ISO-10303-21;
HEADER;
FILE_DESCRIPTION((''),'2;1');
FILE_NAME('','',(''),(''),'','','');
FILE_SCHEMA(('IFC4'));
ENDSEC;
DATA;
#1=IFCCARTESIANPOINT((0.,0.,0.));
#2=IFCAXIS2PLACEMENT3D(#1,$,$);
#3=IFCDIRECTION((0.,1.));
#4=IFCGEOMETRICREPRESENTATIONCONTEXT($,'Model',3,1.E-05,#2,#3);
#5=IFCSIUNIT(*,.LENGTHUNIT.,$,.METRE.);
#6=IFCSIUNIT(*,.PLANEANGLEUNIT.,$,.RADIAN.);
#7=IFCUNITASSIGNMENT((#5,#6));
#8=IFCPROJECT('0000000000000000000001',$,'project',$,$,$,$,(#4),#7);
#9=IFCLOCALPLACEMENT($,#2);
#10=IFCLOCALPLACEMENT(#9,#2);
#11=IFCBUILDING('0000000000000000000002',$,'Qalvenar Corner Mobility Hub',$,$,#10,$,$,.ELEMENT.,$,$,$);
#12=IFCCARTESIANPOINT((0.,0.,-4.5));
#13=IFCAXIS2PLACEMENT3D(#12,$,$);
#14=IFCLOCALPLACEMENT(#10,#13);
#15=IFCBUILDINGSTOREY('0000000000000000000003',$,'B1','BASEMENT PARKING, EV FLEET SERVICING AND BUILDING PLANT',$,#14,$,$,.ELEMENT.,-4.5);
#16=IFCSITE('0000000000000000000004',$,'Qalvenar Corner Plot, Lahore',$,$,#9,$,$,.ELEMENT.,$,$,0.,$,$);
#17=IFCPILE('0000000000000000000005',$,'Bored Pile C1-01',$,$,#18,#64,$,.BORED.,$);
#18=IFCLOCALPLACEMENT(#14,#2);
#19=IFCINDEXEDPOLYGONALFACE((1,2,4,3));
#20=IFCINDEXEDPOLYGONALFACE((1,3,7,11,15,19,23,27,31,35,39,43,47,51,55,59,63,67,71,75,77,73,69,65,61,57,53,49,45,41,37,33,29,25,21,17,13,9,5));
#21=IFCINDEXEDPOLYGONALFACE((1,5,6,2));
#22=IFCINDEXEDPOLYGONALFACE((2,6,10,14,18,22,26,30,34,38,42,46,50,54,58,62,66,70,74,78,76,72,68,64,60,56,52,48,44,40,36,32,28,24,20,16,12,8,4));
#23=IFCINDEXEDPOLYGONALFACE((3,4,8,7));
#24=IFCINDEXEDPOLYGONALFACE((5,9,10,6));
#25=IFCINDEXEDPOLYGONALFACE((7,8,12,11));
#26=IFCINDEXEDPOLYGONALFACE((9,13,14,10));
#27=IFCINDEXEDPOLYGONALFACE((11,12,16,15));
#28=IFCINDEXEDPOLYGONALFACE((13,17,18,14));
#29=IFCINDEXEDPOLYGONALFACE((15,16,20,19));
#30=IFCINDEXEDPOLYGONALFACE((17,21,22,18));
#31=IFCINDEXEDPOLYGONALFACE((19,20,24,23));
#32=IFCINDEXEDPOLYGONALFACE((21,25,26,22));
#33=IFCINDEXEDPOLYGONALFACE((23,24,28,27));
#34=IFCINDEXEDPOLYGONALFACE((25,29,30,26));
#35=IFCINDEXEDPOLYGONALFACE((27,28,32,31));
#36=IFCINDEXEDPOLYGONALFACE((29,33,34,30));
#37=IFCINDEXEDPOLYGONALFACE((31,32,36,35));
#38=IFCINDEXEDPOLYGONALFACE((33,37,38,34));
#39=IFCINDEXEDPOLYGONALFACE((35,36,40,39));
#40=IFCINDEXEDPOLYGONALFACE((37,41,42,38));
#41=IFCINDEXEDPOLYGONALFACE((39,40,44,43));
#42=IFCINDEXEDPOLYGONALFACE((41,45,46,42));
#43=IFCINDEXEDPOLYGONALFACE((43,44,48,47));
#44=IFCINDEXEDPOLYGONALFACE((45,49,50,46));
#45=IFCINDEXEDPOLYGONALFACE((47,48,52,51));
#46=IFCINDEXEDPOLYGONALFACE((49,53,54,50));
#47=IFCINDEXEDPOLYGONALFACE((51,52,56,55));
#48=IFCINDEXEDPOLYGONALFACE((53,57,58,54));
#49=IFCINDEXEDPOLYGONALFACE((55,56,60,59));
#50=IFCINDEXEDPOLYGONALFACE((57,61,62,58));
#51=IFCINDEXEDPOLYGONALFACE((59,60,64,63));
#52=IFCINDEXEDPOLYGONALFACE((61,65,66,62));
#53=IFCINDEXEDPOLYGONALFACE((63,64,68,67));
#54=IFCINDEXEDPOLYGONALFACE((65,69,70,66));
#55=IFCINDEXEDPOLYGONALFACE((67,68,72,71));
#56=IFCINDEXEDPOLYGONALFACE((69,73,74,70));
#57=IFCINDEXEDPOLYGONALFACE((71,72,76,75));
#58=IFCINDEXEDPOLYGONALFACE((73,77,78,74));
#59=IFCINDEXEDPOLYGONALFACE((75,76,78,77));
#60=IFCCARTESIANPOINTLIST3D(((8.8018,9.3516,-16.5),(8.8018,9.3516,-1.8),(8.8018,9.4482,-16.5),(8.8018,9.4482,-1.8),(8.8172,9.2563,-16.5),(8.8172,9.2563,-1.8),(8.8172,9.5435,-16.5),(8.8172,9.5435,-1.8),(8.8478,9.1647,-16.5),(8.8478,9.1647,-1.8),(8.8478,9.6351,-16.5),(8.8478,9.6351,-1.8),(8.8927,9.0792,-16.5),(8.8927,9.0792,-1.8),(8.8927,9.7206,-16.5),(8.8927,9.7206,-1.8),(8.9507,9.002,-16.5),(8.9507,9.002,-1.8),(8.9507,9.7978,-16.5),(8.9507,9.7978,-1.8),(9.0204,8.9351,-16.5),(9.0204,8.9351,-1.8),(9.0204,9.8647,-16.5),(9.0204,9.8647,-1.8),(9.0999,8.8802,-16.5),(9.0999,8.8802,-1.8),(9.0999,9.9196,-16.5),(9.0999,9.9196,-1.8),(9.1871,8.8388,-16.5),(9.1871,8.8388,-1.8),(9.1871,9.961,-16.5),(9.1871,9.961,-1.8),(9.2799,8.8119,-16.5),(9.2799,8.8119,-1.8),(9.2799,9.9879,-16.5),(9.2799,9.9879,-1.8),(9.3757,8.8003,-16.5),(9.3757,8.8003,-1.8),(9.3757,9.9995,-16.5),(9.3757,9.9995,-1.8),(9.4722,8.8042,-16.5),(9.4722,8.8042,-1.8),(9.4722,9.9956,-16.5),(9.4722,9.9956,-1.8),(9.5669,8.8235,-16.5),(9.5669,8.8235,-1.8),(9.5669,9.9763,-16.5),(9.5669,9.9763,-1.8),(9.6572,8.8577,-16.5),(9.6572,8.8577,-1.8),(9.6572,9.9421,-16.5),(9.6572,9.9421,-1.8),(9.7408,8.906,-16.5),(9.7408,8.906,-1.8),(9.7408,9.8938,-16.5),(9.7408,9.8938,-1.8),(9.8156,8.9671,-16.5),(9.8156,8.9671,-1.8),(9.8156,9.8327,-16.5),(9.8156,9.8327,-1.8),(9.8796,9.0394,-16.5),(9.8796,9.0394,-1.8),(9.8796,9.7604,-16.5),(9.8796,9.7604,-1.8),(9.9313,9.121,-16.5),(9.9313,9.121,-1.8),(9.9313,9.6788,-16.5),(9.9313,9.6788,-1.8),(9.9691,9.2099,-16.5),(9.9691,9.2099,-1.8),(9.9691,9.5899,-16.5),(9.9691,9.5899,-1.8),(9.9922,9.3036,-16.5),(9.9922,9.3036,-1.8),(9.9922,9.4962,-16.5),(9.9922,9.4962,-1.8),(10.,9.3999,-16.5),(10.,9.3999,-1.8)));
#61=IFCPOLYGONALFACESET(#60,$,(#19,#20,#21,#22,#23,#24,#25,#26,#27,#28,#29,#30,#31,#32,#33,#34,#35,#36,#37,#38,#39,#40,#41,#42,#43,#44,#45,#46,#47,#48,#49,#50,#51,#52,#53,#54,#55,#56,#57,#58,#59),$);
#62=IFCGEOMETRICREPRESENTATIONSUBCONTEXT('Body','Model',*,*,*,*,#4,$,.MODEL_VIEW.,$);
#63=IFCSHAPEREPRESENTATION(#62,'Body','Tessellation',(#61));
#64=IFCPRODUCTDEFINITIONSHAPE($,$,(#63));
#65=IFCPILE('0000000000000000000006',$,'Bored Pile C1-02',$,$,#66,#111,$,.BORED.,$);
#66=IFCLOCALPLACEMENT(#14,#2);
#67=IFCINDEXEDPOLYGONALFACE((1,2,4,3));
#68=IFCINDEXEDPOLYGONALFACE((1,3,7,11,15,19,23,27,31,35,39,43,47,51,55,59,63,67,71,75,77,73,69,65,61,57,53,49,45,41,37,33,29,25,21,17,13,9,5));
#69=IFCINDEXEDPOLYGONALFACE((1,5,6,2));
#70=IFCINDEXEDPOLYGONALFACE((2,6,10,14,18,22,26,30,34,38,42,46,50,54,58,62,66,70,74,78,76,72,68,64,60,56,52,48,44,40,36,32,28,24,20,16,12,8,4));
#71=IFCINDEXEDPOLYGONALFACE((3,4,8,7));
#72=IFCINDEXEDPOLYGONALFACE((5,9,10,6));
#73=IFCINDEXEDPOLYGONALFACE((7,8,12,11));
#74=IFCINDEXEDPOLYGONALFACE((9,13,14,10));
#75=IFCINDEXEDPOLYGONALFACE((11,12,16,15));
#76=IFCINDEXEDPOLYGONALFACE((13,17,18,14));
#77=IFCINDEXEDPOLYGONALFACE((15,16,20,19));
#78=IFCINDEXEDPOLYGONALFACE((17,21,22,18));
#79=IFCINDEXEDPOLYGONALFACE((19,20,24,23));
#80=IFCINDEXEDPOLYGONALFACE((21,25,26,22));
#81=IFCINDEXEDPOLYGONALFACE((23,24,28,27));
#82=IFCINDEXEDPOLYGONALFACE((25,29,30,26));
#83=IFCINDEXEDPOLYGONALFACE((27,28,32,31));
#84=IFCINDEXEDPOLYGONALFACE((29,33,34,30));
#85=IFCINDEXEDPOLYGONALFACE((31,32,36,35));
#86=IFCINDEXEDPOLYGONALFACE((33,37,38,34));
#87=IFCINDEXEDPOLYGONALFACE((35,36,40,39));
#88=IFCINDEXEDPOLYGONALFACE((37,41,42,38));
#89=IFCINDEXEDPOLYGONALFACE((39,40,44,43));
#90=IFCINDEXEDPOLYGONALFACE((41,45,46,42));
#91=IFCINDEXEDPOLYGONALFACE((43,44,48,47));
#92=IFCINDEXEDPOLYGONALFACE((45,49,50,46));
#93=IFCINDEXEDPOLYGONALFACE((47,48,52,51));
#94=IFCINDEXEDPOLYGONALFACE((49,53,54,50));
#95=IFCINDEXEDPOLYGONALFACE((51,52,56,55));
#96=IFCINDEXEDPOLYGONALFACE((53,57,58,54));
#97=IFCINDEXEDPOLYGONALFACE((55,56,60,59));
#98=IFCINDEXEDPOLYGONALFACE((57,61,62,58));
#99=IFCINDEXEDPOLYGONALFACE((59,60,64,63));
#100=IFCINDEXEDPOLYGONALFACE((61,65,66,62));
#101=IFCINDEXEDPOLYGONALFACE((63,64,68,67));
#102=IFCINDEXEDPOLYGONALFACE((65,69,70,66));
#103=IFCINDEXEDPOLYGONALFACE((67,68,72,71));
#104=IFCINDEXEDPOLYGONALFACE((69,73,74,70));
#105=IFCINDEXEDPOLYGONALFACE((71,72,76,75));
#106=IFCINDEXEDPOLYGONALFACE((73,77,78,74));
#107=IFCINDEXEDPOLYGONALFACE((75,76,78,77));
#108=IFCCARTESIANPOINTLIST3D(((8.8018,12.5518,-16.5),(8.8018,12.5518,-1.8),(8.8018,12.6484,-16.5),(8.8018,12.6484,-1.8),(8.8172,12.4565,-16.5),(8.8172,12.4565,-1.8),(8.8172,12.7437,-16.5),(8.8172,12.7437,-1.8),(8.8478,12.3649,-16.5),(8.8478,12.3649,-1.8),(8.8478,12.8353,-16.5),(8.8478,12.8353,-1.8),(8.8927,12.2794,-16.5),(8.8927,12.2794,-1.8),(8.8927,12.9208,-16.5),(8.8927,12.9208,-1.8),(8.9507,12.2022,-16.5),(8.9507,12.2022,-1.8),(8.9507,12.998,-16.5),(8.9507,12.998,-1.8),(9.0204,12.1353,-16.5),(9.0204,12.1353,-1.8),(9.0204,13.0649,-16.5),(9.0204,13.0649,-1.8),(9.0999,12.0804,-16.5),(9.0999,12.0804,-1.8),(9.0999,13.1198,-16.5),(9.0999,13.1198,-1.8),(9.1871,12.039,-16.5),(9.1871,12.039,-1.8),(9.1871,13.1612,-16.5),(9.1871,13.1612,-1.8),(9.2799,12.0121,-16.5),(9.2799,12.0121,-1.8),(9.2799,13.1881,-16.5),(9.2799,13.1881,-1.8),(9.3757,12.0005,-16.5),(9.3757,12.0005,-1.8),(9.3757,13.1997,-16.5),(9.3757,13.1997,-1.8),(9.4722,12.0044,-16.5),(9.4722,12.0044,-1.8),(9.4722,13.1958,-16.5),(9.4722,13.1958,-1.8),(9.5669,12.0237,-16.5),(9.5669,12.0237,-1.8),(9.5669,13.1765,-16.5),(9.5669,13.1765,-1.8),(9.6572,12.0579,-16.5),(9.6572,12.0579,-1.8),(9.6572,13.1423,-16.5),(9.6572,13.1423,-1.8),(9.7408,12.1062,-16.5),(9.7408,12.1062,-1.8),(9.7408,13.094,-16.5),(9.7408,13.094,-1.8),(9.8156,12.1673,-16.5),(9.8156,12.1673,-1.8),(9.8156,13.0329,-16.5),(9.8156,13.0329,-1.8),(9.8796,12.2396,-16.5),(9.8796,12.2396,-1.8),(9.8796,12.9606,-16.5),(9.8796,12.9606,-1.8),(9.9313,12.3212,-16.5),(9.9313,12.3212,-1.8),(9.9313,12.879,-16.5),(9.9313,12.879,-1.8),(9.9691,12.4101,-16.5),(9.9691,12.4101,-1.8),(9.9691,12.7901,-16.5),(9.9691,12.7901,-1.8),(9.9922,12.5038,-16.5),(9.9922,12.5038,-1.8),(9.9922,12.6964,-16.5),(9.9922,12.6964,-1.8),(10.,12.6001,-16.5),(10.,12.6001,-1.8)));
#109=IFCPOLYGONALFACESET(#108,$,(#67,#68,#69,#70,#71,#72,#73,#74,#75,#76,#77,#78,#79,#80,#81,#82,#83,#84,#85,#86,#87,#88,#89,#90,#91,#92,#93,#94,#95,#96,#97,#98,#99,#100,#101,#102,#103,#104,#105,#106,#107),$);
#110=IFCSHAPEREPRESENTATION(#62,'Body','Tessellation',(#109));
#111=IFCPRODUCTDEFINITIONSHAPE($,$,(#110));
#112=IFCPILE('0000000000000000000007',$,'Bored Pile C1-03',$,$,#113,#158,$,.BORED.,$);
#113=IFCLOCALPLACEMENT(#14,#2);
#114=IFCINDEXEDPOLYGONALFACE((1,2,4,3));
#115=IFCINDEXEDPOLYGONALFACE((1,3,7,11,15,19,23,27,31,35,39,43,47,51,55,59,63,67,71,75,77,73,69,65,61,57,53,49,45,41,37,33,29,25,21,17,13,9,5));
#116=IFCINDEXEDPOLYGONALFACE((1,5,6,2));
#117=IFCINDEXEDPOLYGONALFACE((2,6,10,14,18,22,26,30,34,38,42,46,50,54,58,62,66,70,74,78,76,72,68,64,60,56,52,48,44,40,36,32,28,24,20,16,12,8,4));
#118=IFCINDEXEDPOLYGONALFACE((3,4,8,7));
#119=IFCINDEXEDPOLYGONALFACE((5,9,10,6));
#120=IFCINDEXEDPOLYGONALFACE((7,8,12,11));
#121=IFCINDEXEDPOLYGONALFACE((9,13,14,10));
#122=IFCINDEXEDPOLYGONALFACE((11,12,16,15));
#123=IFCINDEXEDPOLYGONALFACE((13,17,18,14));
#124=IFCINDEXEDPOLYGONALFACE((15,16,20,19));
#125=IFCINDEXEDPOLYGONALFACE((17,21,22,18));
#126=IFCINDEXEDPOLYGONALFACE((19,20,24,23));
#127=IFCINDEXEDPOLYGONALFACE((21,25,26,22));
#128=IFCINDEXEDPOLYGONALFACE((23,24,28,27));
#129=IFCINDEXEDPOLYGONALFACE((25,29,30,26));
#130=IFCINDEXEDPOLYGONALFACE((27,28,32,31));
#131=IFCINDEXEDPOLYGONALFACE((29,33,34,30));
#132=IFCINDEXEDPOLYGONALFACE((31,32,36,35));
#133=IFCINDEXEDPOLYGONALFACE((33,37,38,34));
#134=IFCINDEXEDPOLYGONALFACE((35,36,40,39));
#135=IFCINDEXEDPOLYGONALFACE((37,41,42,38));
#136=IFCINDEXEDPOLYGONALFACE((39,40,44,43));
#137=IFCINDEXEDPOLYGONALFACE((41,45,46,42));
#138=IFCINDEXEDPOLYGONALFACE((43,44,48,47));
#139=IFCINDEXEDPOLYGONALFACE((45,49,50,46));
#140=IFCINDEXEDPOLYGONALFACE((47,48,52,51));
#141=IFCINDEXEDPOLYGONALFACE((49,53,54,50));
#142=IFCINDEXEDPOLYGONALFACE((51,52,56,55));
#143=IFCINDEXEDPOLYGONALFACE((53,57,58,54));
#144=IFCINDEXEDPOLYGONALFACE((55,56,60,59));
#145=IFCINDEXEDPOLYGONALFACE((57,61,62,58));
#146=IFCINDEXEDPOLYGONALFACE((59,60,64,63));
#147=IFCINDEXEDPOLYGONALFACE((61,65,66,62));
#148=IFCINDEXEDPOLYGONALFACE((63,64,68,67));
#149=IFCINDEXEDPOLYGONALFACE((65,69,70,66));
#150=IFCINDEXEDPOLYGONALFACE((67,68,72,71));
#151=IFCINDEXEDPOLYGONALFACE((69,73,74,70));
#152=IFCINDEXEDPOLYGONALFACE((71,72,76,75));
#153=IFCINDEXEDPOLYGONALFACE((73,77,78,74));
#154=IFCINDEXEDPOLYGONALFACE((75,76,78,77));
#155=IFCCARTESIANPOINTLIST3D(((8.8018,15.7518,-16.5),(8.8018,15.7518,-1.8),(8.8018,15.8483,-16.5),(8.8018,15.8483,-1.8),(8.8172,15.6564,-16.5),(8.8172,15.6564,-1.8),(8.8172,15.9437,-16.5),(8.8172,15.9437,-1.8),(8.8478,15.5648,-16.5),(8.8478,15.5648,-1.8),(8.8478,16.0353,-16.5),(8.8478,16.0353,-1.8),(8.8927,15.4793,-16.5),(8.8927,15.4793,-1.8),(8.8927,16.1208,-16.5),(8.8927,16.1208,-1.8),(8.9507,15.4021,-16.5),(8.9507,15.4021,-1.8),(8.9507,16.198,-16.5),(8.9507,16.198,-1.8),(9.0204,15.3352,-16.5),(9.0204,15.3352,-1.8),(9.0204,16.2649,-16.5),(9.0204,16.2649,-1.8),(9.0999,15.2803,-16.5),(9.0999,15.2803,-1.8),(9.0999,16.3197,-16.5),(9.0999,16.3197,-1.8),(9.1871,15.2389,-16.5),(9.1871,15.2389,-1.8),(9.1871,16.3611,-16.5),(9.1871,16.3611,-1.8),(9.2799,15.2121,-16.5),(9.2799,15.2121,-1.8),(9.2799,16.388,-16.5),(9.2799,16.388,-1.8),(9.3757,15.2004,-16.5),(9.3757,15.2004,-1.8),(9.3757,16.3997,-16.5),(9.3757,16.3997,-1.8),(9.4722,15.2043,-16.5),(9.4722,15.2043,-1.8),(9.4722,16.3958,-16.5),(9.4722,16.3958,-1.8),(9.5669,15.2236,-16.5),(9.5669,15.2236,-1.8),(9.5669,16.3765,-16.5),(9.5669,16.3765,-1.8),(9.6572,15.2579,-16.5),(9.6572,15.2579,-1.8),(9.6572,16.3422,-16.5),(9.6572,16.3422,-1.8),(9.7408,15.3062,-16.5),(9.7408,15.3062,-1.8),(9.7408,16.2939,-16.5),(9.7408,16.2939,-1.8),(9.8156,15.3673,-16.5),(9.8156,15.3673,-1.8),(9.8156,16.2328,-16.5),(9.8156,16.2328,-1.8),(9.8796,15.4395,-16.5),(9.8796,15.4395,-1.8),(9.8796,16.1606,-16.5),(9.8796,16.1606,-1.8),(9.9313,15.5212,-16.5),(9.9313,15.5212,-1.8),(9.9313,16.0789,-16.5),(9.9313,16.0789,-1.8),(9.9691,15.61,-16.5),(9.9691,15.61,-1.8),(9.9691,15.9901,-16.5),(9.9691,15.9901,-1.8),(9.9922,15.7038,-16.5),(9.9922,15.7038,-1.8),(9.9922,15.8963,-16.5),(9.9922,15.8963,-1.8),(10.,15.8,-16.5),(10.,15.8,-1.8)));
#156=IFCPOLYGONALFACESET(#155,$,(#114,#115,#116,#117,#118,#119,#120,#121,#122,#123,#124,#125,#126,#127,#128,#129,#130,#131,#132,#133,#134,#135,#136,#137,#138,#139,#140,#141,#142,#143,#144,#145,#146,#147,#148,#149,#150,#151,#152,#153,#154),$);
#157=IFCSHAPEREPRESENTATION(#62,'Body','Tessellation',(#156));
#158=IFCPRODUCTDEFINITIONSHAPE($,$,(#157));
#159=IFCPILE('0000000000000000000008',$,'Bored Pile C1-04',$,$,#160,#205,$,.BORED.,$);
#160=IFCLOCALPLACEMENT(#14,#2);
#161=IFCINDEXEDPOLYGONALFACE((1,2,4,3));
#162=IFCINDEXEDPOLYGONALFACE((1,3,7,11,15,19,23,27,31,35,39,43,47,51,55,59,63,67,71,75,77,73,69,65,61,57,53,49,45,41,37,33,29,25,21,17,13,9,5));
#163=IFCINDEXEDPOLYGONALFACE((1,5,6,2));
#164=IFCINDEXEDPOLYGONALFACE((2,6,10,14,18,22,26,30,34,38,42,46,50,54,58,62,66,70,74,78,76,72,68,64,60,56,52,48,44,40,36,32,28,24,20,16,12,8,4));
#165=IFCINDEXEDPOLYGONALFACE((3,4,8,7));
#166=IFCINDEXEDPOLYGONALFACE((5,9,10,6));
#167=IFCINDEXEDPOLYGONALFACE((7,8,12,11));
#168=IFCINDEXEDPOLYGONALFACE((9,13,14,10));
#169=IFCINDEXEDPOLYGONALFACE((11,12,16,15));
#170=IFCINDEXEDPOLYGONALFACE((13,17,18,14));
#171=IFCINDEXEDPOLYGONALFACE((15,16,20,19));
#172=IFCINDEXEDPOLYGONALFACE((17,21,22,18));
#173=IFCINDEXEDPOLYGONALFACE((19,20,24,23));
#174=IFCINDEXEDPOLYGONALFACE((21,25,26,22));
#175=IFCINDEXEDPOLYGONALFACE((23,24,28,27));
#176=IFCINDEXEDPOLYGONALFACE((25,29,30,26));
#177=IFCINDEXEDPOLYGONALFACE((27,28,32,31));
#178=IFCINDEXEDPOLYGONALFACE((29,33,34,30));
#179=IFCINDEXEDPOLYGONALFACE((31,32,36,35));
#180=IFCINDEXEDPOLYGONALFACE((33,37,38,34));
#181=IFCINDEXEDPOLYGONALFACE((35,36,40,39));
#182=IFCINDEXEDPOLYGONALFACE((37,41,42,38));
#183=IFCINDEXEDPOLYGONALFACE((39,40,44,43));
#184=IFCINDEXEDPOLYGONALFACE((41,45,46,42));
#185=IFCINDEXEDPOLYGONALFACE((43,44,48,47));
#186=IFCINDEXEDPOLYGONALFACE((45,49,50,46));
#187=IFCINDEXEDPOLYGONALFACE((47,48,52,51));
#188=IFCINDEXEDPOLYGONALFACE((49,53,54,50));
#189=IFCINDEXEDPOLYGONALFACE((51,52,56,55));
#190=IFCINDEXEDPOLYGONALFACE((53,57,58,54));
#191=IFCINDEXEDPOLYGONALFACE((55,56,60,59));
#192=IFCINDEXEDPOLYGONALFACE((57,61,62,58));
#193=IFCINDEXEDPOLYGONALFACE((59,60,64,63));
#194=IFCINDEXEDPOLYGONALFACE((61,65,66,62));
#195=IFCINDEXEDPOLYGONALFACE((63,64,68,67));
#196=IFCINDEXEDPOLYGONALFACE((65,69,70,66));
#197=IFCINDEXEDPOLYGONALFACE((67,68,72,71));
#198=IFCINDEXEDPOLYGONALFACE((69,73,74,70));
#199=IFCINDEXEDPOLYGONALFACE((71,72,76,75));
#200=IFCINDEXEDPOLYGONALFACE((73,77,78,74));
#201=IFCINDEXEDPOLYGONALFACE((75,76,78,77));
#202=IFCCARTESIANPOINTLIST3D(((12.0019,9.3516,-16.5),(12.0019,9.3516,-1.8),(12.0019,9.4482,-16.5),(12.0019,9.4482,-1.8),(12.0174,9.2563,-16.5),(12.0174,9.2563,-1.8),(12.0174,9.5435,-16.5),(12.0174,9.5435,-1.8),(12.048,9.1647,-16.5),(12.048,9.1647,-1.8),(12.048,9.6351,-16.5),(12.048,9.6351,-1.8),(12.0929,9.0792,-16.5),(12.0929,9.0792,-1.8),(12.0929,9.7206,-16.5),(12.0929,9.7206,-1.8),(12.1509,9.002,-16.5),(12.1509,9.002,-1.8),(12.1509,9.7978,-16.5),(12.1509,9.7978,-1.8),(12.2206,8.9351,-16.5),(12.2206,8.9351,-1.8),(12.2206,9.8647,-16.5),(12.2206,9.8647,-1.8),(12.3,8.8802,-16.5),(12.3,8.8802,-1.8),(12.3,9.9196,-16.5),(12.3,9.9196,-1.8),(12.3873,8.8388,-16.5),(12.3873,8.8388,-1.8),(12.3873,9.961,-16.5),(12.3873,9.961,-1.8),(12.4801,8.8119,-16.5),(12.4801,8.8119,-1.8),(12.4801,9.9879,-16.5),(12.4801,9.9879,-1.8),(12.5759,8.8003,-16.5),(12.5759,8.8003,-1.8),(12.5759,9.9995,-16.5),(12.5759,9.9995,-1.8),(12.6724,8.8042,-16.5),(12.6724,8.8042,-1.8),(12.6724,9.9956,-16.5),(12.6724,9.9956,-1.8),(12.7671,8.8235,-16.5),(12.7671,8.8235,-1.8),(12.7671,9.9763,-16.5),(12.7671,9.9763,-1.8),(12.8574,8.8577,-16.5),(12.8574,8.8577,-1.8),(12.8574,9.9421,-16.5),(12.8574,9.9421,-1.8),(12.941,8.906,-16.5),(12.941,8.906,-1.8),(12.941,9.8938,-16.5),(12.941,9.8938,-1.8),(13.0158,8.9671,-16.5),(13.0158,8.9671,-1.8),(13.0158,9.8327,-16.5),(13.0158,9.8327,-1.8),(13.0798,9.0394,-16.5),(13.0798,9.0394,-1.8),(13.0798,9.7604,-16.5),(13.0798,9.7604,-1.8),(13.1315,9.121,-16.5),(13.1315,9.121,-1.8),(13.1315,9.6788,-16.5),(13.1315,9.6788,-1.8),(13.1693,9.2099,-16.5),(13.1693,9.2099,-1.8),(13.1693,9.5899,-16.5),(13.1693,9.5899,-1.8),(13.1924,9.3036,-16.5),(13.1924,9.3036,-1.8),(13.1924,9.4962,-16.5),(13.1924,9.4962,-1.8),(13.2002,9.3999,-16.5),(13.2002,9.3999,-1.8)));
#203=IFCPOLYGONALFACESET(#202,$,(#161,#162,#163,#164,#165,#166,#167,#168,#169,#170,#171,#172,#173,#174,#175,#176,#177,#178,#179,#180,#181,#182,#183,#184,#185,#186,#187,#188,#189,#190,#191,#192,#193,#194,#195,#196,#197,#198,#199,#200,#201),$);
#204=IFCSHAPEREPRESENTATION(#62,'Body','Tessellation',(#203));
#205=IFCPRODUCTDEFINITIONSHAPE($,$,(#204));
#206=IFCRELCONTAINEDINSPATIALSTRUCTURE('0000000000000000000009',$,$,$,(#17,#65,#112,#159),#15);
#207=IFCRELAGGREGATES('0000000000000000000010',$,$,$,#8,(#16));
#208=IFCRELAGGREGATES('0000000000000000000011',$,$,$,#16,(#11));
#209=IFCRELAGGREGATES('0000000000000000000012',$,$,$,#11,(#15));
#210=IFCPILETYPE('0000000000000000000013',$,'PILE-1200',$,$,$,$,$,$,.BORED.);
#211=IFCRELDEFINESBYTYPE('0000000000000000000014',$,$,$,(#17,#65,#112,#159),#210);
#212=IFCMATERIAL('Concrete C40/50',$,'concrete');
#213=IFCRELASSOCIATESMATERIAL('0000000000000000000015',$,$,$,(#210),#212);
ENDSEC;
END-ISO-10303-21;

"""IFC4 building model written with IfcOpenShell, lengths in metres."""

from ifc_helpers import new_model, si_unit, direction, frame, origin, origin_2d, place, context, subcontext, project, spatial, circle, extrude, material, material_profile, profile_set, type_object, element, save


model = new_model("IFC4")

# Units and contexts
model_context = context("Model", 3, precision=1e-05, world=origin(), true_north=direction((0.0, 1.0)))
body_context = subcontext(model_context, "Body", "Model", "MODEL_VIEW")
ifc_project = project(units=[si_unit("LENGTHUNIT", "METRE"), si_unit("PLANEANGLEUNIT", "RADIAN")], contexts=[model_context])

# Site, building, storey
site_placement = place(None, origin())
site = spatial("IfcSite", under=ifc_project, at=site_placement, Name="Qalvenar Corner Plot, Lahore", CompositionType="ELEMENT", RefElevation=0.0)
building_placement = place(site_placement, origin())
building = spatial("IfcBuilding", under=site, at=building_placement, Name="Qalvenar Corner Mobility Hub", CompositionType="ELEMENT")
storey_placement = place(building_placement, frame((0.0, 0.0, -4.5)))
storey = spatial("IfcBuildingStorey", under=building, at=storey_placement, Name="B1", Description="BASEMENT PARKING, EV FLEET SERVICING AND BUILDING PLANT", CompositionType="ELEMENT", Elevation=-4.5)

# Shared definitions
ifc_material_1 = material(Name="Concrete C40/50", Category="concrete")

# Piles
ifc_material_profile_1 = material_profile(ifc_material_1, circle(Radius=0.6001, at=origin_2d()), Name="DIA1200")
ifc_profile_set_1 = profile_set([ifc_material_profile_1], Name="Concrete C40/50")
pile_type_1 = type_object("IfcPileType", Name="PILE-1200", PredefinedType="BORED", material=ifc_profile_set_1)
for number, where, z_axis, x_axis, name in (
    (1, (9.3999, 9.3999, -1.8), (0.0, 0.0, -1.0), (1.0, 0.0, 0.0), "Bored Pile C1-01"),
    (2, (9.3999, 12.6001, -1.8), (0.0, 0.0, -1.0), (1.0, 0.0, 0.0), "Bored Pile C1-02"),
    (3, (9.3999, 15.8, -1.8), (0.0, 0.0, -1.0), (1.0, 0.0, 0.0), "Bored Pile C1-03"),
    (4, (12.6001, 9.3999, -1.8), (0.0, 0.0, -1.0), (1.0, 0.0, 0.0), "Bored Pile C1-04"),
):
    element("IfcPile", number, at=place(storey_placement, frame(where, z_axis=z_axis, x_axis=x_axis)), inside=storey, type_object=pile_type_1, Name=name, PredefinedType="BORED", context=body_context, shape_type="SweptSolid", body=[
        extrude(circle(Radius=0.6001, at=origin_2d()), origin(), (0.0, 0.0, 1.0), 14.7),
    ])

save(model, "model.ifc")
